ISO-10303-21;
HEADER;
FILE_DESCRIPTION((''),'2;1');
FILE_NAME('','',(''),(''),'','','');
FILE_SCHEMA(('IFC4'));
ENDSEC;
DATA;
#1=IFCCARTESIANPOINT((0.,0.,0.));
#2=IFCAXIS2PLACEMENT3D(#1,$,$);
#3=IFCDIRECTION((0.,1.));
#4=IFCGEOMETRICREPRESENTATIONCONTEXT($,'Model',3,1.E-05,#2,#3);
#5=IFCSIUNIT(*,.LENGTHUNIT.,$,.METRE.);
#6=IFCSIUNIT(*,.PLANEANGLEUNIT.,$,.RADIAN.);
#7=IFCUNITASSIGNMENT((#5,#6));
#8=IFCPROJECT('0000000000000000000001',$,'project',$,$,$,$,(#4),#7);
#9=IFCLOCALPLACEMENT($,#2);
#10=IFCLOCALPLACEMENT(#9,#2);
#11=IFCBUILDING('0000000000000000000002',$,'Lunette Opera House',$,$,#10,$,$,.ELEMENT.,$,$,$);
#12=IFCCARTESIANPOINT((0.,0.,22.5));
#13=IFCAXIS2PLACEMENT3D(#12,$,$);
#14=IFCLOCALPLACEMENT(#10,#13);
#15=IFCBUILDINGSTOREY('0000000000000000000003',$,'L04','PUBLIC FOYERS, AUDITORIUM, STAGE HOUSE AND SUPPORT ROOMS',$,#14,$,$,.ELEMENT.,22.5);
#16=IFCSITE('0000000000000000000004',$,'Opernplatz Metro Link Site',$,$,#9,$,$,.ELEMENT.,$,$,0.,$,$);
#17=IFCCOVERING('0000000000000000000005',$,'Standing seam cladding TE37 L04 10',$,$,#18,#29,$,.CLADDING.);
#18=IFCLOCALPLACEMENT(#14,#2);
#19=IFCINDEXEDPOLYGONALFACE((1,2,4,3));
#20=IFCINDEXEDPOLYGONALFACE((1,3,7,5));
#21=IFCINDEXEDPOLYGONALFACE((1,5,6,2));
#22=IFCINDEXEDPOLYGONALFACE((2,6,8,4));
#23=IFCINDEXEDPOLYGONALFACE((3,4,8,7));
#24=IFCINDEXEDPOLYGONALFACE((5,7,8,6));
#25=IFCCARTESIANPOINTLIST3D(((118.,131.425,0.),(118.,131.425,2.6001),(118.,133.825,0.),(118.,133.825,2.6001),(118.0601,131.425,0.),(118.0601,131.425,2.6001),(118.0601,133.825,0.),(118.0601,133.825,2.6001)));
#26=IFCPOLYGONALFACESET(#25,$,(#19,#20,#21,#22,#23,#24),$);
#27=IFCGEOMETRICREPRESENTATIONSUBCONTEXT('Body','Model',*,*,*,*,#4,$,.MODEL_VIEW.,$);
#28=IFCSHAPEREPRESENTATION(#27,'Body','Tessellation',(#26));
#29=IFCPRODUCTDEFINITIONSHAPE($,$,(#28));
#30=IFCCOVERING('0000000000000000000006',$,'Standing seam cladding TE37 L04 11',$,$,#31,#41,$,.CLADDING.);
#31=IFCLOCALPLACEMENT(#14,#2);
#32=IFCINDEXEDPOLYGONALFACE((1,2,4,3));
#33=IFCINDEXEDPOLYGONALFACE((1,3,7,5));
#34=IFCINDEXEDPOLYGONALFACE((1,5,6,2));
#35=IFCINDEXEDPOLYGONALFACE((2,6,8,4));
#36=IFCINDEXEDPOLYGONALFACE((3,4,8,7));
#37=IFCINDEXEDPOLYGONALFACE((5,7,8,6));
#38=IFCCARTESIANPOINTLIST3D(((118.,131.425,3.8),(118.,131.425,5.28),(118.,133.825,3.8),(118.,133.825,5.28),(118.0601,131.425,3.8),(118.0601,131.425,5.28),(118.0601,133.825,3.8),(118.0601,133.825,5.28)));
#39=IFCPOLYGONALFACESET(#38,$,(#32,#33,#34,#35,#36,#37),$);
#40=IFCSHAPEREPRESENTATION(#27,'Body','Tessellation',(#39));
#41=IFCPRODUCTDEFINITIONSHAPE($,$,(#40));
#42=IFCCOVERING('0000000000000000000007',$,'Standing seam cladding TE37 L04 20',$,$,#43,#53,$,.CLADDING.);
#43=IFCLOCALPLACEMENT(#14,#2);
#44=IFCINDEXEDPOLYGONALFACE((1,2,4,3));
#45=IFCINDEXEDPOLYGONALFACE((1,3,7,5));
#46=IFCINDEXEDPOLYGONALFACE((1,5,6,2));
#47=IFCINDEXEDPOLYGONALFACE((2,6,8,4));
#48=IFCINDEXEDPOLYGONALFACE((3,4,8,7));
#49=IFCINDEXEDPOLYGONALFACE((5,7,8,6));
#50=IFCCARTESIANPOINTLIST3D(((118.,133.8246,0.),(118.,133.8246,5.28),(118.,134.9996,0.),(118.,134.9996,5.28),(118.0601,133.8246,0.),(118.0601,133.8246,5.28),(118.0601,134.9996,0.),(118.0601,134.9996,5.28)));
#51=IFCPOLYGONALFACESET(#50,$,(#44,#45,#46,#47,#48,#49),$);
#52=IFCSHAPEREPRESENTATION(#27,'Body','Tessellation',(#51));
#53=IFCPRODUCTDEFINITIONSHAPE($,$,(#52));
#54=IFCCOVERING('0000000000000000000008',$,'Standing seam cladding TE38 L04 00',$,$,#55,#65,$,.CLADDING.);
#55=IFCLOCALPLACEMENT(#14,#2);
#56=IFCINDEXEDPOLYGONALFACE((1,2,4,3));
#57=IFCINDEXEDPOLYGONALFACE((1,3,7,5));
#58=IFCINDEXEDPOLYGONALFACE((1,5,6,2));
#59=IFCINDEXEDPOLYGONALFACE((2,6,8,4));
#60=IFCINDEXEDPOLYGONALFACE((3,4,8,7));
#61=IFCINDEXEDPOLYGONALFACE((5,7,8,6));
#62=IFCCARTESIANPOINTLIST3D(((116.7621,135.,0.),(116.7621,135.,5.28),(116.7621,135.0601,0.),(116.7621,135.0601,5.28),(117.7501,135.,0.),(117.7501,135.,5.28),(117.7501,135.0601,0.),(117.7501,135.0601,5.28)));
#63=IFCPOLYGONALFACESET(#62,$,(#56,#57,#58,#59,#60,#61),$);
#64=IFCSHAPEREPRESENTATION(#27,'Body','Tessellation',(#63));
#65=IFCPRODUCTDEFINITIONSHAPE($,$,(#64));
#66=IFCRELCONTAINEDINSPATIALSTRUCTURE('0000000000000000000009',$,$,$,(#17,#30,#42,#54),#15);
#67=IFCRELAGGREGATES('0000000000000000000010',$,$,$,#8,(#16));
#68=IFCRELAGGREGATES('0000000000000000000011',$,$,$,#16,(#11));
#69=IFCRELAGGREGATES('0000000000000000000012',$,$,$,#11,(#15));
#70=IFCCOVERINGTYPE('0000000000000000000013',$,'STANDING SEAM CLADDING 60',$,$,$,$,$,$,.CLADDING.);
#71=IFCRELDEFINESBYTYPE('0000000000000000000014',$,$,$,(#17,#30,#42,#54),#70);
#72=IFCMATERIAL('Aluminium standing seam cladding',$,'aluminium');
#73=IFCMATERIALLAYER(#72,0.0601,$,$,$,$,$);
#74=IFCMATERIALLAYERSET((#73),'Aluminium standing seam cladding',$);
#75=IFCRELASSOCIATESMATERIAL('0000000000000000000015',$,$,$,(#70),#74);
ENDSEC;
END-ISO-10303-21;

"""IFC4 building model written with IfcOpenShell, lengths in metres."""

from ifc_helpers import new_model, si_unit, direction, frame, origin, origin_2d, place, context, subcontext, project, spatial, rectangle, extrude, material, layer, layer_set, type_object, element, save


model = new_model("IFC4")

# Units and contexts
model_context = context("Model", 3, precision=1e-05, world=origin(), true_north=direction((0.0, 1.0)))
body_context = subcontext(model_context, "Body", "Model", "MODEL_VIEW")
ifc_project = project(units=[si_unit("LENGTHUNIT", "METRE"), si_unit("PLANEANGLEUNIT", "RADIAN")], contexts=[model_context])

# Site, building, storey
site_placement = place(None, origin())
site = spatial("IfcSite", under=ifc_project, at=site_placement, Name="Opernplatz Metro Link Site", CompositionType="ELEMENT", RefElevation=0.0)
building_placement = place(site_placement, origin())
building = spatial("IfcBuilding", under=site, at=building_placement, Name="Lunette Opera House", CompositionType="ELEMENT")
storey_placement = place(building_placement, frame((0.0, 0.0, 22.5)))
storey = spatial("IfcBuildingStorey", under=building, at=storey_placement, Name="L04", Description="PUBLIC FOYERS, AUDITORIUM, STAGE HOUSE AND SUPPORT ROOMS", CompositionType="ELEMENT", Elevation=22.5)

# Coverings
ifc_material_1 = material(Name="Aluminium standing seam cladding", Category="aluminium")
ifc_layer_1 = layer(ifc_material_1, 0.0601)
ifc_layer_set_1 = layer_set([ifc_layer_1], Name="Aluminium standing seam cladding")
covering_type_1 = type_object("IfcCoveringType", Name="STANDING SEAM CLADDING 60", PredefinedType="CLADDING", material=ifc_layer_set_1)
covering_1_placement = place(storey_placement, frame((118.03, 132.625, 0.0), z_axis=(0.0, 0.0, 1.0), x_axis=(0.0, 1.0, 0.0)))
element("IfcCovering", 1, at=covering_1_placement, inside=storey, type_object=covering_type_1, Name="Standing seam cladding TE37 L04 10", PredefinedType="CLADDING", context=body_context, shape_type="SweptSolid", body=[
    extrude(rectangle(XDim=2.3999, YDim=0.0601, at=origin_2d()), origin(), (0.0, 0.0, 1.0), 2.6001),
])
covering_2_placement = place(storey_placement, frame((118.03, 132.625, 3.8), z_axis=(0.0, 0.0, 1.0), x_axis=(0.0, 1.0, 0.0)))
element("IfcCovering", 2, at=covering_2_placement, inside=storey, type_object=covering_type_1, Name="Standing seam cladding TE37 L04 11", PredefinedType="CLADDING", context=body_context, shape_type="SweptSolid", body=[
    extrude(rectangle(XDim=2.3999, YDim=0.0601, at=origin_2d()), origin(), (0.0, 0.0, 1.0), 1.48),
])
covering_3_placement = place(storey_placement, frame((118.03, 134.4121, 0.0), z_axis=(0.0, 0.0, 1.0), x_axis=(0.0, 1.0, 0.0)))
element("IfcCovering", 3, at=covering_3_placement, inside=storey, type_object=covering_type_1, Name="Standing seam cladding TE37 L04 20", PredefinedType="CLADDING", context=body_context, shape_type="SweptSolid", body=[
    extrude(rectangle(XDim=1.175, YDim=0.0601, at=origin_2d()), origin(), (0.0, 0.0, 1.0), 5.28),
])
covering_4_placement = place(storey_placement, frame((117.2561, 135.03, 0.0), z_axis=(0.0, 0.0, 1.0), x_axis=(-1.0, 0.0, 0.0)))
element("IfcCovering", 4, at=covering_4_placement, inside=storey, type_object=covering_type_1, Name="Standing seam cladding TE38 L04 00", PredefinedType="CLADDING", context=body_context, shape_type="SweptSolid", body=[
    extrude(rectangle(XDim=0.988, YDim=0.0601, at=origin_2d()), origin(), (0.0, 0.0, 1.0), 5.28),
])

save(model, "model.ifc")
